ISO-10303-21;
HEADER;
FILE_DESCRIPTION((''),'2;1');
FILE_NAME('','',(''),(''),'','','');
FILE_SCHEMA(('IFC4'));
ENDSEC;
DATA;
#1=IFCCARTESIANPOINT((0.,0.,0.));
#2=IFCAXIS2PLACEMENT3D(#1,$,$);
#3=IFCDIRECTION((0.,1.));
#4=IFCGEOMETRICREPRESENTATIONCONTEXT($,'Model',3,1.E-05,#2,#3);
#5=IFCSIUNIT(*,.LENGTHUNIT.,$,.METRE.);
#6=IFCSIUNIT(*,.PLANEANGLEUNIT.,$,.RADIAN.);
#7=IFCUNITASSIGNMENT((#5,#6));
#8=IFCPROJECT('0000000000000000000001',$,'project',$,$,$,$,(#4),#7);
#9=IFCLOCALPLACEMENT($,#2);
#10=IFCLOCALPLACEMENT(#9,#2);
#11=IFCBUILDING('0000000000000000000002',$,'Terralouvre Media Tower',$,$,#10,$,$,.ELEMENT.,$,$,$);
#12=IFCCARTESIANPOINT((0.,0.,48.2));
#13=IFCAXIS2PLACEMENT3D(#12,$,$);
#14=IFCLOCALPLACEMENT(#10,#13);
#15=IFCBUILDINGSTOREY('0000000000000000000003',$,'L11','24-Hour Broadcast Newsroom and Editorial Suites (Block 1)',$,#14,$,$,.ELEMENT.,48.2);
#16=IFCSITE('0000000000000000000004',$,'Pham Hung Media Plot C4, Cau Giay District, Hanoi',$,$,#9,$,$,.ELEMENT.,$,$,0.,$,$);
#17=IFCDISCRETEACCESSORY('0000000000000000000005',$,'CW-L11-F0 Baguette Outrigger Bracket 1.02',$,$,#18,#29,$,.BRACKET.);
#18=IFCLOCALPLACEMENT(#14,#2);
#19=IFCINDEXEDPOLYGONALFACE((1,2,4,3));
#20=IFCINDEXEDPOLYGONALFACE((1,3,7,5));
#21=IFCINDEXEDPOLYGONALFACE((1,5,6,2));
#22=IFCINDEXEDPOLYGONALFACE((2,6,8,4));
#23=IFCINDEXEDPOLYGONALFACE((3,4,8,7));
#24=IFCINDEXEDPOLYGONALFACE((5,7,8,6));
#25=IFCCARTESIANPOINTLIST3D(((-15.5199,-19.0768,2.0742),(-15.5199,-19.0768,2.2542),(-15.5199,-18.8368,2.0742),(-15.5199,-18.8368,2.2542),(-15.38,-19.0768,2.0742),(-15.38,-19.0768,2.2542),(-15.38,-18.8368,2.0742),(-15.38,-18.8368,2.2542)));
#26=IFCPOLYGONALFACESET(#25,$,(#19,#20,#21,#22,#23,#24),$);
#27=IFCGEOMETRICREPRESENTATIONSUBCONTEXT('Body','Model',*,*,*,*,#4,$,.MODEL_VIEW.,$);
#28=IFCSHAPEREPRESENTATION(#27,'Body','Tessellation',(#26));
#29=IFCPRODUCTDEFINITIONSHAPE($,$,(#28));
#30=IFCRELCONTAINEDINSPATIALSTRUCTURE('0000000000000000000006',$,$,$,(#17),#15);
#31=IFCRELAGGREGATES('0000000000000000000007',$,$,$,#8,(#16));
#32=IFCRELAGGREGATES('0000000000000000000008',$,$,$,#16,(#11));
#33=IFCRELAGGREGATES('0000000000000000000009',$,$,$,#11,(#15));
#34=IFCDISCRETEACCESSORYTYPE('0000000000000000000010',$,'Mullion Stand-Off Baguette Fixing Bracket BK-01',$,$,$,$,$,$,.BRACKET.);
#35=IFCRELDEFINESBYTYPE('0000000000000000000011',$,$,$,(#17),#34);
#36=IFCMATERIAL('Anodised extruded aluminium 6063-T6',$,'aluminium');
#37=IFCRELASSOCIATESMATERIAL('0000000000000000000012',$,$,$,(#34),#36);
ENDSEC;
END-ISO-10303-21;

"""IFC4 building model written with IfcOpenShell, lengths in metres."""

from ifc_helpers import new_model, si_unit, direction, frame, origin, origin_2d, place, context, subcontext, project, spatial, rectangle, extrude, material, type_object, element, save


model = new_model("IFC4")

# Units and contexts
model_context = context("Model", 3, precision=1e-05, world=origin(), true_north=direction((0.0, 1.0)))
body_context = subcontext(model_context, "Body", "Model", "MODEL_VIEW")
ifc_project = project(units=[si_unit("LENGTHUNIT", "METRE"), si_unit("PLANEANGLEUNIT", "RADIAN")], contexts=[model_context])

# Site, building, storey
site_placement = place(None, origin())
site = spatial("IfcSite", under=ifc_project, at=site_placement, Name="Pham Hung Media Plot C4, Cau Giay District, Hanoi", CompositionType="ELEMENT", RefElevation=0.0)
building_placement = place(site_placement, origin())
building = spatial("IfcBuilding", under=site, at=building_placement, Name="Terralouvre Media Tower", CompositionType="ELEMENT")
storey_placement = place(building_placement, frame((0.0, 0.0, 48.2)))
storey = spatial("IfcBuildingStorey", under=building, at=storey_placement, Name="L11", Description="24-Hour Broadcast Newsroom and Editorial Suites (Block 1)", CompositionType="ELEMENT", Elevation=48.2)

# Discrete accessory
ifc_material_1 = material(Name="Anodised extruded aluminium 6063-T6", Category="aluminium")
discrete_accessory_type = type_object("IfcDiscreteAccessoryType", Name="Mullion Stand-Off Baguette Fixing Bracket BK-01", PredefinedType="BRACKET", material=ifc_material_1)
discrete_accessory_placement = place(storey_placement, frame((-15.45, -18.9568, 2.0742), z_axis=(0.0, 0.0, 1.0), x_axis=(1.0, 0.0, 0.0)))
element("IfcDiscreteAccessory", 1, at=discrete_accessory_placement, inside=storey, type_object=discrete_accessory_type, Name="CW-L11-F0 Baguette Outrigger Bracket 1.02", PredefinedType="BRACKET", context=body_context, shape_type="SweptSolid", body=[
    extrude(rectangle(XDim=0.1399, YDim=0.24, at=origin_2d()), origin(), (0.0, 0.0, 1.0), 0.1799),
])

save(model, "model.ifc")
